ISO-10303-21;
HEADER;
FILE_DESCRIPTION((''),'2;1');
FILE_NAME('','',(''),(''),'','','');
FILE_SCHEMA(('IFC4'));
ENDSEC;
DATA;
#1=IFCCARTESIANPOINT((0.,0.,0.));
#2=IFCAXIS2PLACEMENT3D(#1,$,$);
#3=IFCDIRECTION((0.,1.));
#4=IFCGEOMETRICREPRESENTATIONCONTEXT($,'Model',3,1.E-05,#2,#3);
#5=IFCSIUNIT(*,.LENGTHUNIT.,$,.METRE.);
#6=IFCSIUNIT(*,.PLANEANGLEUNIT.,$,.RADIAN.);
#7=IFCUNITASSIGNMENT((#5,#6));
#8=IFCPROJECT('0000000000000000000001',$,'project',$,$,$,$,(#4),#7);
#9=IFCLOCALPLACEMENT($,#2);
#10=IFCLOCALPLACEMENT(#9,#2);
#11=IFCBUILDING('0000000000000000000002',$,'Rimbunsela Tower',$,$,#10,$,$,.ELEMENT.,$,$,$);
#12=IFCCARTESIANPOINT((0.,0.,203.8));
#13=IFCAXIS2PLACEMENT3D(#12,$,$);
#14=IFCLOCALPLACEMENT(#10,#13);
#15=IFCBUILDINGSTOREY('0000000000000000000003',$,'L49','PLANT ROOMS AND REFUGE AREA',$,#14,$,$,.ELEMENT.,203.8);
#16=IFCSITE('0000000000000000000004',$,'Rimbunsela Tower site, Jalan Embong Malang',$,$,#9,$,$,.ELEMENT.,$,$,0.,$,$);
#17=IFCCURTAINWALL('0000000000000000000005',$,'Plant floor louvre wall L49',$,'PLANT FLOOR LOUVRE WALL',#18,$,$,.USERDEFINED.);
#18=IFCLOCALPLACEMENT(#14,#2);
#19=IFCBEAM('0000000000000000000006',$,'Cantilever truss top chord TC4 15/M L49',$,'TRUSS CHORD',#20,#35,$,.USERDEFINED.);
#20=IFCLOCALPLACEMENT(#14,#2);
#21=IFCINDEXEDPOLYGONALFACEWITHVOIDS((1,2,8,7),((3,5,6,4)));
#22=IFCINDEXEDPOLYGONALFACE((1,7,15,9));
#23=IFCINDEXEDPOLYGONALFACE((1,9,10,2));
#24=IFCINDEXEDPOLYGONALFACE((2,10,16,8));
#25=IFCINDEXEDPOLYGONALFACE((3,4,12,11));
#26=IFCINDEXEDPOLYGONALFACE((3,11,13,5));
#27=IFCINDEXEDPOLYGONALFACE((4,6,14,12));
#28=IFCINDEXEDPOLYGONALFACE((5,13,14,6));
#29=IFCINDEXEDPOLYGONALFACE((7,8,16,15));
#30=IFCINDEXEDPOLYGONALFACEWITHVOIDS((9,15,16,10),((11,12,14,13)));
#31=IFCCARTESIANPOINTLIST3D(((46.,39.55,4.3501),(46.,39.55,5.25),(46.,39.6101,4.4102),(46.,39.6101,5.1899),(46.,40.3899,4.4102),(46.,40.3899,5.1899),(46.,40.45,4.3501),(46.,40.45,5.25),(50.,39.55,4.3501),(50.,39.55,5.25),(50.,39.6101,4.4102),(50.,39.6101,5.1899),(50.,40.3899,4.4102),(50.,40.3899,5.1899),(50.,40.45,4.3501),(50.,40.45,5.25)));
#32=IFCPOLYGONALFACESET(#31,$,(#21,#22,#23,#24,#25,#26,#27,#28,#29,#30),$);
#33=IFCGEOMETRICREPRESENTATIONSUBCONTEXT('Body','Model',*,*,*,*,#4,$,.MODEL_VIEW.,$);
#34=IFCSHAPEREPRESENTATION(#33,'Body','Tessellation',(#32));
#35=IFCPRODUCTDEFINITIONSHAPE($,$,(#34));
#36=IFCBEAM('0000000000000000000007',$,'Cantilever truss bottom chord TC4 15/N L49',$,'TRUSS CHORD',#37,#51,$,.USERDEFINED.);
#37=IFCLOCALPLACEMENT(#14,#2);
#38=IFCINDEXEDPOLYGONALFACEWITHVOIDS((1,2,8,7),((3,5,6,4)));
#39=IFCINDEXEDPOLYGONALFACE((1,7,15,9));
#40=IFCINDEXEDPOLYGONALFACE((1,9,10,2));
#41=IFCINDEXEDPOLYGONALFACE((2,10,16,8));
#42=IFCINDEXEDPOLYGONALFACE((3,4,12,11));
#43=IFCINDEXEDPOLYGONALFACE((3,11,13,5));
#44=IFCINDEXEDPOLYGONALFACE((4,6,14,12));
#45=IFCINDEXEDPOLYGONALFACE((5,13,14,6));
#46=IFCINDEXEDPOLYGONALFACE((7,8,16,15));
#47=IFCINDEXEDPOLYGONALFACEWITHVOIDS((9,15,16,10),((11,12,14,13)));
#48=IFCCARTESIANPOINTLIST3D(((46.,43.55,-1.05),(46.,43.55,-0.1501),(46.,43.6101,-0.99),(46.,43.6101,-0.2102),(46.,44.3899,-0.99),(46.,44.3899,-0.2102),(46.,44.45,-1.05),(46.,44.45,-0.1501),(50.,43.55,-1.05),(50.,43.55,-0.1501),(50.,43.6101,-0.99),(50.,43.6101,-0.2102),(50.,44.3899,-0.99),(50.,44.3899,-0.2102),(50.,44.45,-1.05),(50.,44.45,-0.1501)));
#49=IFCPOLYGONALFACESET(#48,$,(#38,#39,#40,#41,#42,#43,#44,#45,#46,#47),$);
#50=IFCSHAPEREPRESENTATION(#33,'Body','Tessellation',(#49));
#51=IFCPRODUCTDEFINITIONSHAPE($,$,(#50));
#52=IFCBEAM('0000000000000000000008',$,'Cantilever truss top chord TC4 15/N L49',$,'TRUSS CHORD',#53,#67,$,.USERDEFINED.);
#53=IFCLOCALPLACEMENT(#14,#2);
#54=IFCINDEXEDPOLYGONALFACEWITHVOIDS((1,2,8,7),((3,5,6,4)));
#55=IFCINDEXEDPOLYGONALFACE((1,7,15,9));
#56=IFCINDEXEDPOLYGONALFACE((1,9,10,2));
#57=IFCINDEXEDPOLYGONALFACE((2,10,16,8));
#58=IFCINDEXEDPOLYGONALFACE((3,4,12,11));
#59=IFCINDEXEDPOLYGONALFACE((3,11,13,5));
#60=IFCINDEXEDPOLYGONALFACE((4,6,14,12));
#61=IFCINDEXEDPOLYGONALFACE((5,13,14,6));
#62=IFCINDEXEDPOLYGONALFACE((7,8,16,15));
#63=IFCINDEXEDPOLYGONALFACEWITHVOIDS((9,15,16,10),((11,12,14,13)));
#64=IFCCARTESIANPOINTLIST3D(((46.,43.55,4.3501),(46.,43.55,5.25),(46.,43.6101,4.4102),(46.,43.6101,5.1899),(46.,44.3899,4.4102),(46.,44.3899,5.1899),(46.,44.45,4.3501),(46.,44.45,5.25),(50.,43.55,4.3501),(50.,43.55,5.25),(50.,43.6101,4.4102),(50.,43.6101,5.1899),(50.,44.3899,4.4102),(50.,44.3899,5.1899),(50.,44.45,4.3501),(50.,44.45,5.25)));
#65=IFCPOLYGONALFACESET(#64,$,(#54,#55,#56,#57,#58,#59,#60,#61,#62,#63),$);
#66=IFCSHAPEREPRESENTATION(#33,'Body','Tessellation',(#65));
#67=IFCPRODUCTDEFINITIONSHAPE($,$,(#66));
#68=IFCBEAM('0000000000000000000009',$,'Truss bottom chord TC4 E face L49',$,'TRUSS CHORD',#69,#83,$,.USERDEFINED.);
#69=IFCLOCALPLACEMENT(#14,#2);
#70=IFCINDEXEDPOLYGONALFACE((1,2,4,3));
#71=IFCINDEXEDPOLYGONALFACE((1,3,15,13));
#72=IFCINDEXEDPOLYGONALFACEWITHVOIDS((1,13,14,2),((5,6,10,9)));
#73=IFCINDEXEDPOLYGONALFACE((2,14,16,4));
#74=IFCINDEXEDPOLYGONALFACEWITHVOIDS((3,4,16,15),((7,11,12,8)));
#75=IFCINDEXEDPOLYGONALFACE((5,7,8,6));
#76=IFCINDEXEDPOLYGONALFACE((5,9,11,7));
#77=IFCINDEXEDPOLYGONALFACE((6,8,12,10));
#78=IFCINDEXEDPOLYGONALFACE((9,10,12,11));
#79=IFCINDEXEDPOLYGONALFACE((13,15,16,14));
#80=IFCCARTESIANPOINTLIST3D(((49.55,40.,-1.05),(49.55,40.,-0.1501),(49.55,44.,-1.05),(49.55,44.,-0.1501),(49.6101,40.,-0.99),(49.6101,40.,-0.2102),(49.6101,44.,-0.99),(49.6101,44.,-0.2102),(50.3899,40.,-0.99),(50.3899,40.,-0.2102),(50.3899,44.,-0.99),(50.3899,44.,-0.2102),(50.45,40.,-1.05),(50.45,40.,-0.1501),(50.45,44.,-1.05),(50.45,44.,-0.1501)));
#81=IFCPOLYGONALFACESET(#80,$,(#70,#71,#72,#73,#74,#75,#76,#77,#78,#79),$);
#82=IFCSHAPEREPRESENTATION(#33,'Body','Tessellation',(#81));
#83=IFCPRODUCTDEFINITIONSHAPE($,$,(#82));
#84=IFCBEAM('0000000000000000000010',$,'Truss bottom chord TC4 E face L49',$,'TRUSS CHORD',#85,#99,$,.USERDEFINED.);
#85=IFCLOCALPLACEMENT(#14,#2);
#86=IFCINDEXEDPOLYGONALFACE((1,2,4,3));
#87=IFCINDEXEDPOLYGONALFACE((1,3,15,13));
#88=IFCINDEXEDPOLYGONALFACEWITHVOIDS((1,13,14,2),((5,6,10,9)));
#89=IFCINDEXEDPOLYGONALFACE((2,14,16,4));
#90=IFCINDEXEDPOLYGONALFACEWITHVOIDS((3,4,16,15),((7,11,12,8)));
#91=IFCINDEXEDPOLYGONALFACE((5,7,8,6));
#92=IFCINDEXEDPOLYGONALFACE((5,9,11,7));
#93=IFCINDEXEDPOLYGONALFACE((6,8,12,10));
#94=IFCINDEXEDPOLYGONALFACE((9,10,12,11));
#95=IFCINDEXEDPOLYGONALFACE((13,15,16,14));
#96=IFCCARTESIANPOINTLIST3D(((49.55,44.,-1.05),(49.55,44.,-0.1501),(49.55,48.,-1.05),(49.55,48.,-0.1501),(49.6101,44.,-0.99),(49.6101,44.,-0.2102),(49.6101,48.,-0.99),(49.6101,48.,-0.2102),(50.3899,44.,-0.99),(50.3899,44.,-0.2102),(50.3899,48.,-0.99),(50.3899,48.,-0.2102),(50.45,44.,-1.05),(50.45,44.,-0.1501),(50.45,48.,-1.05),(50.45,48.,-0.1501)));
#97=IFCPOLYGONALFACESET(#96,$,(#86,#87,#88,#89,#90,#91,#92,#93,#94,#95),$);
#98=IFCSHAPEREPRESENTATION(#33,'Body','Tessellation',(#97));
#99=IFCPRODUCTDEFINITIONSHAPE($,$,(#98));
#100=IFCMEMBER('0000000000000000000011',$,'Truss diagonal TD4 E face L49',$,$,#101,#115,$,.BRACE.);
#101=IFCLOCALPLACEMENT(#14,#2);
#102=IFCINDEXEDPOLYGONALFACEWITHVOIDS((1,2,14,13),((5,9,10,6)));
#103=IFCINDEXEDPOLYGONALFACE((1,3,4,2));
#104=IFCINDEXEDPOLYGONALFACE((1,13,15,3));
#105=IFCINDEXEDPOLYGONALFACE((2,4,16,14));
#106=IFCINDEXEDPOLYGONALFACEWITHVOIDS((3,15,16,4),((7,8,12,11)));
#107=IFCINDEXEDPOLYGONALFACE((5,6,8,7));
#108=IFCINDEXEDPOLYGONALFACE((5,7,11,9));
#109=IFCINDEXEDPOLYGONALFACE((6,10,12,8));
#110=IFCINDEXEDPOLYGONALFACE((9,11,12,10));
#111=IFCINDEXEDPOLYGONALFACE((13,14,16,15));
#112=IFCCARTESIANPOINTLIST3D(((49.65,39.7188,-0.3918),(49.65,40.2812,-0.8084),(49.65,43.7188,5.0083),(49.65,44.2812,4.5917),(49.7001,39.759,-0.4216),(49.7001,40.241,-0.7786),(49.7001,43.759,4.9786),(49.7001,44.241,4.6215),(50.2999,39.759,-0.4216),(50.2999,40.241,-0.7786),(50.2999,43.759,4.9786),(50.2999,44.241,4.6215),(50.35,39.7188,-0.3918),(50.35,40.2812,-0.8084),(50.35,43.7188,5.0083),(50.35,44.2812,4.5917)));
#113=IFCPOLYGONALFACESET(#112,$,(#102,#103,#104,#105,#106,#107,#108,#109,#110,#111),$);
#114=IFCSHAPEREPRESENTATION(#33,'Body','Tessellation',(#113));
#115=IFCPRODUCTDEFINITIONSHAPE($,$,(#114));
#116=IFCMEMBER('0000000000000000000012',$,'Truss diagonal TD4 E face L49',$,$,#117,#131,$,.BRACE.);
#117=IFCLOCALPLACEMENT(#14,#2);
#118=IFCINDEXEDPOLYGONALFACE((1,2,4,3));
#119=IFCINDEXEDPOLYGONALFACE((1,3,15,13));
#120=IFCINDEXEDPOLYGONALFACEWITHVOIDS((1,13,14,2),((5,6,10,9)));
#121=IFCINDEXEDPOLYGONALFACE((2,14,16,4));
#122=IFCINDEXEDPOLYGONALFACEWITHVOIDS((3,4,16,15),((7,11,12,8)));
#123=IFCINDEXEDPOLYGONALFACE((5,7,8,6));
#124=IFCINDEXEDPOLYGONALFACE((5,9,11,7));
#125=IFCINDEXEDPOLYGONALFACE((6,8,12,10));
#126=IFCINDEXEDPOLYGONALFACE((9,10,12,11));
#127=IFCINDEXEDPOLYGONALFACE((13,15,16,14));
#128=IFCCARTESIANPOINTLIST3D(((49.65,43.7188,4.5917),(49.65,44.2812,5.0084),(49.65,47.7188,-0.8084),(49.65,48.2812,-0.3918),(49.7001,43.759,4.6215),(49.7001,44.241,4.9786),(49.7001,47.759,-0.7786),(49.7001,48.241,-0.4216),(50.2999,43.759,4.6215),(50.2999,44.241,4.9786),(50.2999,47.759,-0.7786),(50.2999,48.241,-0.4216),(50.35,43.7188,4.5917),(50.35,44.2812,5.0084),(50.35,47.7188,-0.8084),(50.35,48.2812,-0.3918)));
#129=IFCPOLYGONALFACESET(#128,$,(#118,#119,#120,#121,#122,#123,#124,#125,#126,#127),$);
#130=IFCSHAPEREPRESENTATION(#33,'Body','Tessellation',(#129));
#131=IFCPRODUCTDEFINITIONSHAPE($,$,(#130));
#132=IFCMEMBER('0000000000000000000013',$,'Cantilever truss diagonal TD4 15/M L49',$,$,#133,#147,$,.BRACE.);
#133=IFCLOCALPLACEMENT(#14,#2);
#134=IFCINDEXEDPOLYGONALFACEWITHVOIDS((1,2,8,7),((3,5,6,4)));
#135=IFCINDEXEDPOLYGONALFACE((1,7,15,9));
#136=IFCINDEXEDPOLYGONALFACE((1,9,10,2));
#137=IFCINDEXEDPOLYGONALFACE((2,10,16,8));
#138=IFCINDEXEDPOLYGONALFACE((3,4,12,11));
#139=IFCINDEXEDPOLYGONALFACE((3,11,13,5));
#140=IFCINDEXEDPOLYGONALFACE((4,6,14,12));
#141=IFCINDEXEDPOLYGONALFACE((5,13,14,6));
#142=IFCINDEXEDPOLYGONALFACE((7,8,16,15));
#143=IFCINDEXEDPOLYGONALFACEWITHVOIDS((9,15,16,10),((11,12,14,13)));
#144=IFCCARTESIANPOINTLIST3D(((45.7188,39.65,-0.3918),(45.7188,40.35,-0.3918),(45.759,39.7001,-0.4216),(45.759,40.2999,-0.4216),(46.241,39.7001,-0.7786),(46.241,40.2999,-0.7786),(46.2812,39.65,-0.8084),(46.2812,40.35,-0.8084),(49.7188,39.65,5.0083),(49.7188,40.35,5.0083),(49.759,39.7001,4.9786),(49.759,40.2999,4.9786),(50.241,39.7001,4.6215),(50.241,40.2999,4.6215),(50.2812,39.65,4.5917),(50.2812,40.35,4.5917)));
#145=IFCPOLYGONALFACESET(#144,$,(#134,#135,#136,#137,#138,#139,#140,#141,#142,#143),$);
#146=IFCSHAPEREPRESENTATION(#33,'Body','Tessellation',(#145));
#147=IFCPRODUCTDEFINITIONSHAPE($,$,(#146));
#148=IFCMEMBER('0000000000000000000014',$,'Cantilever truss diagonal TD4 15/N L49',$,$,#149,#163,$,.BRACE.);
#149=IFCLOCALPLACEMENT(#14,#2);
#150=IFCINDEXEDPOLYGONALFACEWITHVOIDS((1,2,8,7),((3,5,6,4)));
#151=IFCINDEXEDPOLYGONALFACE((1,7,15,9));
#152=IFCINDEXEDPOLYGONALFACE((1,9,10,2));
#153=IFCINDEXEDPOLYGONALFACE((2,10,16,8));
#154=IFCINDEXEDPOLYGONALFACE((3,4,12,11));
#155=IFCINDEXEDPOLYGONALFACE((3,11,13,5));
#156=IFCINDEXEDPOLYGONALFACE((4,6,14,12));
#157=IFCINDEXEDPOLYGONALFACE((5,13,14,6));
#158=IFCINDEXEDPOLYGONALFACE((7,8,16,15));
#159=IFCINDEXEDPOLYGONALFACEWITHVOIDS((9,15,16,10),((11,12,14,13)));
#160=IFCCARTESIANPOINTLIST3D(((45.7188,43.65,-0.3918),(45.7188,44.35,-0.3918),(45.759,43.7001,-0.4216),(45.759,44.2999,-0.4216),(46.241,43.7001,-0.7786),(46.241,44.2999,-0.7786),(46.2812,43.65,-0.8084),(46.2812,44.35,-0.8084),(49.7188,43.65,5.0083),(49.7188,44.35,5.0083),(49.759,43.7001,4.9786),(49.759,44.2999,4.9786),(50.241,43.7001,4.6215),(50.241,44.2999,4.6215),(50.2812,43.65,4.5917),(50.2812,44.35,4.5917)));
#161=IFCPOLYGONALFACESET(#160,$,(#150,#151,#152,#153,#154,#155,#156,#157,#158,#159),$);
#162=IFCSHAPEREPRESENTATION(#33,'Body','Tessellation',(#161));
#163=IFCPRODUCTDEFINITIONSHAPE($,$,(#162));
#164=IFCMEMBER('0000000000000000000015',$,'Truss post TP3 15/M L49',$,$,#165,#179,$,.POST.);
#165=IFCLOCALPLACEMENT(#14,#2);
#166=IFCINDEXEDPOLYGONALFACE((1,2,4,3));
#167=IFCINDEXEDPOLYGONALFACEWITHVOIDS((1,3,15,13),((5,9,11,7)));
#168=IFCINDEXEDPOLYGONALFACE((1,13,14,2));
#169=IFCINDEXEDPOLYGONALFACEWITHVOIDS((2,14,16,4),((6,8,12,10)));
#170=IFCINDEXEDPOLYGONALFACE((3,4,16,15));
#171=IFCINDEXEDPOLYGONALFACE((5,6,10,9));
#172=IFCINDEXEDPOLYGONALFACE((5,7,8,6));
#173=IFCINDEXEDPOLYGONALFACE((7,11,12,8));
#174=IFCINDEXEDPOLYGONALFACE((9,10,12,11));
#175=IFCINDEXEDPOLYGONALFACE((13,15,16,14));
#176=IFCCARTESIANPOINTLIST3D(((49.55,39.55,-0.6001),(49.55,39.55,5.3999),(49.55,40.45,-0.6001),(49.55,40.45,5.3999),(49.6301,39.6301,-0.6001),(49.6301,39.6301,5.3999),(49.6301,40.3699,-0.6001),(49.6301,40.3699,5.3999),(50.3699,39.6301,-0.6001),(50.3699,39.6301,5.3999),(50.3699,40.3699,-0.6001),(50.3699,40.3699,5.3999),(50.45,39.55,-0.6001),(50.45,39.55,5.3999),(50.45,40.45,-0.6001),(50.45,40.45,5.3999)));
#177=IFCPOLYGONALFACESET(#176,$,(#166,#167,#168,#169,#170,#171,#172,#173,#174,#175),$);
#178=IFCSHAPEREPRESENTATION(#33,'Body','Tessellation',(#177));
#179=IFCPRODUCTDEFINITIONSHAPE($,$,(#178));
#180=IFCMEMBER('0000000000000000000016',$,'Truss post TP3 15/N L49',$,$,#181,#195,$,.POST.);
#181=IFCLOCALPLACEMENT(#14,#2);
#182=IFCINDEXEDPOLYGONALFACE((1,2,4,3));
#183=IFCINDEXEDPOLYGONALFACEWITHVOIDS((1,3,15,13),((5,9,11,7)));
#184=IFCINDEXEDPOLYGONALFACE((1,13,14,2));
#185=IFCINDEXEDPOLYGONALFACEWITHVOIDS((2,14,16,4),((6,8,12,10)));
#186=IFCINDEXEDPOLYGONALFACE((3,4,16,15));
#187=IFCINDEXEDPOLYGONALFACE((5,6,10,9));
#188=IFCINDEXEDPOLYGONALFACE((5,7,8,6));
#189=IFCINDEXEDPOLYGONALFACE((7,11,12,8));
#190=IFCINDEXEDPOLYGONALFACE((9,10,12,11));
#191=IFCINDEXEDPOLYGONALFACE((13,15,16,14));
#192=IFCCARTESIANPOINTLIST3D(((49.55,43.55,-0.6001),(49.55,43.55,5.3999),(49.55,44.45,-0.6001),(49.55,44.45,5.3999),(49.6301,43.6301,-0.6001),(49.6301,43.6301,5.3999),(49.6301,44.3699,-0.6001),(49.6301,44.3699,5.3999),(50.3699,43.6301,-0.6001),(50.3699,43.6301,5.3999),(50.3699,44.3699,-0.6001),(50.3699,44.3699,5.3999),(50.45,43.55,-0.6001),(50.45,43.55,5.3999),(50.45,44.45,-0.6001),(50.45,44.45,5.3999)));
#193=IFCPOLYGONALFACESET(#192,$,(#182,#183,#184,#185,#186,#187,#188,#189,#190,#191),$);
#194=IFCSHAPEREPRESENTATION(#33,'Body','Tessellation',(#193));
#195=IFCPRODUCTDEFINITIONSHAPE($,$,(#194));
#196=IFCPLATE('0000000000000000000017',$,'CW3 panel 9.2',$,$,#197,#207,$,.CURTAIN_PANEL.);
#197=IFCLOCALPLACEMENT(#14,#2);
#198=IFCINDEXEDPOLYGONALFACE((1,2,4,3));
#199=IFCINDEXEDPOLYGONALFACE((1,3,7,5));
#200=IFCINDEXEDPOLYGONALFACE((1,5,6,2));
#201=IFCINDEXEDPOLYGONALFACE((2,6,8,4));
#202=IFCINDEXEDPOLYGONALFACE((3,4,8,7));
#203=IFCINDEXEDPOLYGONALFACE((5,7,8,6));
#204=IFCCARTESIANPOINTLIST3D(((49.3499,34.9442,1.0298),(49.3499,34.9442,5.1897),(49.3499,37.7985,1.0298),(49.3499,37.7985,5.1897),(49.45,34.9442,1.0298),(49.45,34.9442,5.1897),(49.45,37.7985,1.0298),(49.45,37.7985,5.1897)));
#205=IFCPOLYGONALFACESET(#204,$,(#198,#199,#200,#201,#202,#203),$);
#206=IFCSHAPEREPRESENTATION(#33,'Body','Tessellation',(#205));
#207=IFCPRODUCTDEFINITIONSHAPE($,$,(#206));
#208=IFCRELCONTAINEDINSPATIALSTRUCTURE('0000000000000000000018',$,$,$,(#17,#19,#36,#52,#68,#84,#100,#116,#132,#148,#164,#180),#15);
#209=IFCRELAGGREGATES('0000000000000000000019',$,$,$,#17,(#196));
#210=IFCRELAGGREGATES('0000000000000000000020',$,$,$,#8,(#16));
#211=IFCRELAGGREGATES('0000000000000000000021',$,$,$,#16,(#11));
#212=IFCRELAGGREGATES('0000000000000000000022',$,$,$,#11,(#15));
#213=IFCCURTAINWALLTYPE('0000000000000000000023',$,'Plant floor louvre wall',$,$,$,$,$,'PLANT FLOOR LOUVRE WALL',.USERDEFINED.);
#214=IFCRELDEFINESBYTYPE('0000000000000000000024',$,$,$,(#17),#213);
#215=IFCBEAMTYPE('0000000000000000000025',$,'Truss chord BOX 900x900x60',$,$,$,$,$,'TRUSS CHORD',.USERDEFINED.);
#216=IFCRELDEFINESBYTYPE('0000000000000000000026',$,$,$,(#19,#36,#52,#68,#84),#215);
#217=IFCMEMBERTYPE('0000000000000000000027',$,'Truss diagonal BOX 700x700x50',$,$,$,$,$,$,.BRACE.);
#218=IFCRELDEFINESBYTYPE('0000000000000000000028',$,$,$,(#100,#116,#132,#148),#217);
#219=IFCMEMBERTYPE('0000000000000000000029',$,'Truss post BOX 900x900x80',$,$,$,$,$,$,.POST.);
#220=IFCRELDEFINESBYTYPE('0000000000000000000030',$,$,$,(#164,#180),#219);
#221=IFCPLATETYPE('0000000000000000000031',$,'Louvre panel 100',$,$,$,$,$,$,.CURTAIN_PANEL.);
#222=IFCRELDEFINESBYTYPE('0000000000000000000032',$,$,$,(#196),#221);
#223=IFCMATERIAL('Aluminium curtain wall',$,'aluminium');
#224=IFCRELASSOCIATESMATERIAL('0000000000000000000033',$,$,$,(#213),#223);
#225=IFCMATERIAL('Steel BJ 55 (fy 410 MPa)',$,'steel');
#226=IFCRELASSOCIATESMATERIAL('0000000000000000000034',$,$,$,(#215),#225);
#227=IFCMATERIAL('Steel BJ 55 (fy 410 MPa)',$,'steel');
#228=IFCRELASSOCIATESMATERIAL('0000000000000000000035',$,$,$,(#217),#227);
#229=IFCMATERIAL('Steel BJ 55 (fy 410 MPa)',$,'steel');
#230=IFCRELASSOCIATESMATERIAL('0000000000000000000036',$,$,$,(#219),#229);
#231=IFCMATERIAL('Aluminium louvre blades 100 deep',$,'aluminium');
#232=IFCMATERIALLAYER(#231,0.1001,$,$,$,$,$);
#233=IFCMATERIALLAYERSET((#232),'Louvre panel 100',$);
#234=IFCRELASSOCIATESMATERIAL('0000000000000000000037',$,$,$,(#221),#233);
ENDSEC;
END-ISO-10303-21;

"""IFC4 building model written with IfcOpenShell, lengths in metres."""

from ifc_helpers import new_model, si_unit, direction, frame, origin, origin_2d, place, context, subcontext, project, spatial, rectangle, hollow_rectangle, extrude, material, layer, layer_set, material_profile, profile_set, type_object, element, aggregate, save


model = new_model("IFC4")

# Units and contexts
model_context = context("Model", 3, precision=1e-05, world=origin(), true_north=direction((0.0, 1.0)))
body_context = subcontext(model_context, "Body", "Model", "MODEL_VIEW")
ifc_project = project(units=[si_unit("LENGTHUNIT", "METRE"), si_unit("PLANEANGLEUNIT", "RADIAN")], contexts=[model_context])

# Site, building, storey
site_placement = place(None, origin())
site = spatial("IfcSite", under=ifc_project, at=site_placement, Name="Rimbunsela Tower site, Jalan Embong Malang", CompositionType="ELEMENT", RefElevation=0.0)
building_placement = place(site_placement, origin())
building = spatial("IfcBuilding", under=site, at=building_placement, Name="Rimbunsela Tower", CompositionType="ELEMENT")
storey_placement = place(building_placement, frame((0.0, 0.0, 203.8)))
storey = spatial("IfcBuildingStorey", under=building, at=storey_placement, Name="L49", Description="PLANT ROOMS AND REFUGE AREA", CompositionType="ELEMENT", Elevation=203.8)

# Curtain wall
ifc_material_1 = material(Name="Aluminium curtain wall", Category="aluminium")
curtain_wall_type = type_object("IfcCurtainWallType", Name="Plant floor louvre wall", ElementType="PLANT FLOOR LOUVRE WALL", PredefinedType="USERDEFINED", material=ifc_material_1)
curtain_wall_placement = place(storey_placement, origin())
curtain_wall = element("IfcCurtainWall", 1, at=curtain_wall_placement, inside=storey, type_object=curtain_wall_type, Name="Plant floor louvre wall L49", ObjectType="PLANT FLOOR LOUVRE WALL", PredefinedType="USERDEFINED")

# Beams
ifc_material_2 = material(Name="Steel BJ 55 (fy 410 MPa)", Category="steel")
ifc_material_profile_1 = material_profile(ifc_material_2, hollow_rectangle(XDim=0.8999, YDim=0.8999, WallThickness=0.0601, at=origin_2d()), Name="BOX 900x900x60")
ifc_profile_set_1 = profile_set([ifc_material_profile_1], Name="Steel BJ 55 (fy 410 MPa)")
beam_type_1 = type_object("IfcBeamType", Name="Truss chord BOX 900x900x60", ElementType="TRUSS CHORD", PredefinedType="USERDEFINED", material=ifc_profile_set_1)
for number, where, z_axis, x_axis, name in (
    (2, (46.0, 40.0, 4.8), (1.0, 0.0, 0.0), (0.0, 1.0, 0.0), "Cantilever truss top chord TC4 15/M L49"),
    (3, (46.0, 44.0, -0.6001), (1.0, 0.0, 0.0), (0.0, 1.0, 0.0), "Cantilever truss bottom chord TC4 15/N L49"),
    (4, (46.0, 44.0, 4.8), (1.0, 0.0, 0.0), (0.0, 1.0, 0.0), "Cantilever truss top chord TC4 15/N L49"),
    (5, (50.0, 40.0, -0.6001), (0.0, 1.0, 0.0), (-1.0, 0.0, 0.0), "Truss bottom chord TC4 E face L49"),
    (6, (50.0, 44.0, -0.6001), (0.0, 1.0, 0.0), (-1.0, 0.0, 0.0), "Truss bottom chord TC4 E face L49"),
):
    element("IfcBeam", number, at=place(storey_placement, frame(where, z_axis=z_axis, x_axis=x_axis)), inside=storey, type_object=beam_type_1, Name=name, ObjectType="TRUSS CHORD", PredefinedType="USERDEFINED", context=body_context, shape_type="SweptSolid", body=[
        extrude(hollow_rectangle(XDim=0.8999, YDim=0.8999, WallThickness=0.0601, at=origin_2d()), origin(), (0.0, 0.0, 1.0), 4.0),
    ])

# Members
ifc_material_3 = material(Name="Steel BJ 55 (fy 410 MPa)", Category="steel")
ifc_material_profile_2 = material_profile(ifc_material_3, hollow_rectangle(XDim=0.7, YDim=0.7, WallThickness=0.05, at=origin_2d()), Name="BOX 700x700x50")
ifc_profile_set_2 = profile_set([ifc_material_profile_2], Name="Steel BJ 55 (fy 410 MPa)")
member_type_1 = type_object("IfcMemberType", Name="Truss diagonal BOX 700x700x50", PredefinedType="BRACE", material=ifc_profile_set_2)
for number, where, z_axis, x_axis, name in (
    (7, (50.0, 40.0, -0.6001), (0.0, 0.595217, 0.803565), (-1.0, 0.0, 0.0), "Truss diagonal TD4 E face L49"),
    (8, (50.0, 44.0, 4.8), (0.0, 0.595217, -0.803565), (-1.0, 0.0, 0.0), "Truss diagonal TD4 E face L49"),
    (9, (46.0, 40.0, -0.6001), (0.595217, 0.0, 0.803565), (0.0, 1.0, 0.0), "Cantilever truss diagonal TD4 15/M L49"),
    (10, (46.0, 44.0, -0.6001), (0.595217, 0.0, 0.803565), (0.0, 1.0, 0.0), "Cantilever truss diagonal TD4 15/N L49"),
):
    element("IfcMember", number, at=place(storey_placement, frame(where, z_axis=z_axis, x_axis=x_axis)), inside=storey, type_object=member_type_1, Name=name, PredefinedType="BRACE", context=body_context, shape_type="SweptSolid", body=[
        extrude(hollow_rectangle(XDim=0.7, YDim=0.7, WallThickness=0.05, at=origin_2d()), origin(), (0.0, 0.0, 1.0), 6.7202),
    ])
ifc_material_4 = material(Name="Steel BJ 55 (fy 410 MPa)", Category="steel")
ifc_material_profile_3 = material_profile(ifc_material_4, hollow_rectangle(XDim=0.8999, YDim=0.8999, WallThickness=0.0801, at=origin_2d()), Name="BOX 900x900x80")
ifc_profile_set_3 = profile_set([ifc_material_profile_3], Name="Steel BJ 55 (fy 410 MPa)")
member_type_2 = type_object("IfcMemberType", Name="Truss post BOX 900x900x80", PredefinedType="POST", material=ifc_profile_set_3)
for number, where, z_axis, x_axis, name in (
    (11, (50.0, 40.0, -0.6001), (0.0, 0.0, 1.0), (1.0, 0.0, 0.0), "Truss post TP3 15/M L49"),
    (12, (50.0, 44.0, -0.6001), (0.0, 0.0, 1.0), (1.0, 0.0, 0.0), "Truss post TP3 15/N L49"),
):
    element("IfcMember", number, at=place(storey_placement, frame(where, z_axis=z_axis, x_axis=x_axis)), inside=storey, type_object=member_type_2, Name=name, PredefinedType="POST", context=body_context, shape_type="SweptSolid", body=[
        extrude(hollow_rectangle(XDim=0.8999, YDim=0.8999, WallThickness=0.0801, at=origin_2d()), origin(), (0.0, 0.0, 1.0), 6.0),
    ])

# Plate
ifc_material_5 = material(Name="Aluminium louvre blades 100 deep", Category="aluminium")
ifc_layer = layer(ifc_material_5, 0.1001)
ifc_layer_set = layer_set([ifc_layer], Name="Louvre panel 100")
plate_type = type_object("IfcPlateType", Name="Louvre panel 100", PredefinedType="CURTAIN_PANEL", material=ifc_layer_set)
plate_1_placement = place(storey_placement, frame((49.3999, 36.3713, 1.0298), z_axis=(0.0, 0.0, 1.0), x_axis=(0.0, 1.0, 0.0)))
plate_1 = element("IfcPlate", 13, at=plate_1_placement, type_object=plate_type, Name="CW3 panel 9.2", PredefinedType="CURTAIN_PANEL", context=body_context, shape_type="SweptSolid", body=[
    extrude(rectangle(XDim=2.8542, YDim=0.1001, at=origin_2d()), origin(), (0.0, 0.0, 1.0), 4.1599),
])
aggregate(curtain_wall, [plate_1])

save(model, "model.ifc")
